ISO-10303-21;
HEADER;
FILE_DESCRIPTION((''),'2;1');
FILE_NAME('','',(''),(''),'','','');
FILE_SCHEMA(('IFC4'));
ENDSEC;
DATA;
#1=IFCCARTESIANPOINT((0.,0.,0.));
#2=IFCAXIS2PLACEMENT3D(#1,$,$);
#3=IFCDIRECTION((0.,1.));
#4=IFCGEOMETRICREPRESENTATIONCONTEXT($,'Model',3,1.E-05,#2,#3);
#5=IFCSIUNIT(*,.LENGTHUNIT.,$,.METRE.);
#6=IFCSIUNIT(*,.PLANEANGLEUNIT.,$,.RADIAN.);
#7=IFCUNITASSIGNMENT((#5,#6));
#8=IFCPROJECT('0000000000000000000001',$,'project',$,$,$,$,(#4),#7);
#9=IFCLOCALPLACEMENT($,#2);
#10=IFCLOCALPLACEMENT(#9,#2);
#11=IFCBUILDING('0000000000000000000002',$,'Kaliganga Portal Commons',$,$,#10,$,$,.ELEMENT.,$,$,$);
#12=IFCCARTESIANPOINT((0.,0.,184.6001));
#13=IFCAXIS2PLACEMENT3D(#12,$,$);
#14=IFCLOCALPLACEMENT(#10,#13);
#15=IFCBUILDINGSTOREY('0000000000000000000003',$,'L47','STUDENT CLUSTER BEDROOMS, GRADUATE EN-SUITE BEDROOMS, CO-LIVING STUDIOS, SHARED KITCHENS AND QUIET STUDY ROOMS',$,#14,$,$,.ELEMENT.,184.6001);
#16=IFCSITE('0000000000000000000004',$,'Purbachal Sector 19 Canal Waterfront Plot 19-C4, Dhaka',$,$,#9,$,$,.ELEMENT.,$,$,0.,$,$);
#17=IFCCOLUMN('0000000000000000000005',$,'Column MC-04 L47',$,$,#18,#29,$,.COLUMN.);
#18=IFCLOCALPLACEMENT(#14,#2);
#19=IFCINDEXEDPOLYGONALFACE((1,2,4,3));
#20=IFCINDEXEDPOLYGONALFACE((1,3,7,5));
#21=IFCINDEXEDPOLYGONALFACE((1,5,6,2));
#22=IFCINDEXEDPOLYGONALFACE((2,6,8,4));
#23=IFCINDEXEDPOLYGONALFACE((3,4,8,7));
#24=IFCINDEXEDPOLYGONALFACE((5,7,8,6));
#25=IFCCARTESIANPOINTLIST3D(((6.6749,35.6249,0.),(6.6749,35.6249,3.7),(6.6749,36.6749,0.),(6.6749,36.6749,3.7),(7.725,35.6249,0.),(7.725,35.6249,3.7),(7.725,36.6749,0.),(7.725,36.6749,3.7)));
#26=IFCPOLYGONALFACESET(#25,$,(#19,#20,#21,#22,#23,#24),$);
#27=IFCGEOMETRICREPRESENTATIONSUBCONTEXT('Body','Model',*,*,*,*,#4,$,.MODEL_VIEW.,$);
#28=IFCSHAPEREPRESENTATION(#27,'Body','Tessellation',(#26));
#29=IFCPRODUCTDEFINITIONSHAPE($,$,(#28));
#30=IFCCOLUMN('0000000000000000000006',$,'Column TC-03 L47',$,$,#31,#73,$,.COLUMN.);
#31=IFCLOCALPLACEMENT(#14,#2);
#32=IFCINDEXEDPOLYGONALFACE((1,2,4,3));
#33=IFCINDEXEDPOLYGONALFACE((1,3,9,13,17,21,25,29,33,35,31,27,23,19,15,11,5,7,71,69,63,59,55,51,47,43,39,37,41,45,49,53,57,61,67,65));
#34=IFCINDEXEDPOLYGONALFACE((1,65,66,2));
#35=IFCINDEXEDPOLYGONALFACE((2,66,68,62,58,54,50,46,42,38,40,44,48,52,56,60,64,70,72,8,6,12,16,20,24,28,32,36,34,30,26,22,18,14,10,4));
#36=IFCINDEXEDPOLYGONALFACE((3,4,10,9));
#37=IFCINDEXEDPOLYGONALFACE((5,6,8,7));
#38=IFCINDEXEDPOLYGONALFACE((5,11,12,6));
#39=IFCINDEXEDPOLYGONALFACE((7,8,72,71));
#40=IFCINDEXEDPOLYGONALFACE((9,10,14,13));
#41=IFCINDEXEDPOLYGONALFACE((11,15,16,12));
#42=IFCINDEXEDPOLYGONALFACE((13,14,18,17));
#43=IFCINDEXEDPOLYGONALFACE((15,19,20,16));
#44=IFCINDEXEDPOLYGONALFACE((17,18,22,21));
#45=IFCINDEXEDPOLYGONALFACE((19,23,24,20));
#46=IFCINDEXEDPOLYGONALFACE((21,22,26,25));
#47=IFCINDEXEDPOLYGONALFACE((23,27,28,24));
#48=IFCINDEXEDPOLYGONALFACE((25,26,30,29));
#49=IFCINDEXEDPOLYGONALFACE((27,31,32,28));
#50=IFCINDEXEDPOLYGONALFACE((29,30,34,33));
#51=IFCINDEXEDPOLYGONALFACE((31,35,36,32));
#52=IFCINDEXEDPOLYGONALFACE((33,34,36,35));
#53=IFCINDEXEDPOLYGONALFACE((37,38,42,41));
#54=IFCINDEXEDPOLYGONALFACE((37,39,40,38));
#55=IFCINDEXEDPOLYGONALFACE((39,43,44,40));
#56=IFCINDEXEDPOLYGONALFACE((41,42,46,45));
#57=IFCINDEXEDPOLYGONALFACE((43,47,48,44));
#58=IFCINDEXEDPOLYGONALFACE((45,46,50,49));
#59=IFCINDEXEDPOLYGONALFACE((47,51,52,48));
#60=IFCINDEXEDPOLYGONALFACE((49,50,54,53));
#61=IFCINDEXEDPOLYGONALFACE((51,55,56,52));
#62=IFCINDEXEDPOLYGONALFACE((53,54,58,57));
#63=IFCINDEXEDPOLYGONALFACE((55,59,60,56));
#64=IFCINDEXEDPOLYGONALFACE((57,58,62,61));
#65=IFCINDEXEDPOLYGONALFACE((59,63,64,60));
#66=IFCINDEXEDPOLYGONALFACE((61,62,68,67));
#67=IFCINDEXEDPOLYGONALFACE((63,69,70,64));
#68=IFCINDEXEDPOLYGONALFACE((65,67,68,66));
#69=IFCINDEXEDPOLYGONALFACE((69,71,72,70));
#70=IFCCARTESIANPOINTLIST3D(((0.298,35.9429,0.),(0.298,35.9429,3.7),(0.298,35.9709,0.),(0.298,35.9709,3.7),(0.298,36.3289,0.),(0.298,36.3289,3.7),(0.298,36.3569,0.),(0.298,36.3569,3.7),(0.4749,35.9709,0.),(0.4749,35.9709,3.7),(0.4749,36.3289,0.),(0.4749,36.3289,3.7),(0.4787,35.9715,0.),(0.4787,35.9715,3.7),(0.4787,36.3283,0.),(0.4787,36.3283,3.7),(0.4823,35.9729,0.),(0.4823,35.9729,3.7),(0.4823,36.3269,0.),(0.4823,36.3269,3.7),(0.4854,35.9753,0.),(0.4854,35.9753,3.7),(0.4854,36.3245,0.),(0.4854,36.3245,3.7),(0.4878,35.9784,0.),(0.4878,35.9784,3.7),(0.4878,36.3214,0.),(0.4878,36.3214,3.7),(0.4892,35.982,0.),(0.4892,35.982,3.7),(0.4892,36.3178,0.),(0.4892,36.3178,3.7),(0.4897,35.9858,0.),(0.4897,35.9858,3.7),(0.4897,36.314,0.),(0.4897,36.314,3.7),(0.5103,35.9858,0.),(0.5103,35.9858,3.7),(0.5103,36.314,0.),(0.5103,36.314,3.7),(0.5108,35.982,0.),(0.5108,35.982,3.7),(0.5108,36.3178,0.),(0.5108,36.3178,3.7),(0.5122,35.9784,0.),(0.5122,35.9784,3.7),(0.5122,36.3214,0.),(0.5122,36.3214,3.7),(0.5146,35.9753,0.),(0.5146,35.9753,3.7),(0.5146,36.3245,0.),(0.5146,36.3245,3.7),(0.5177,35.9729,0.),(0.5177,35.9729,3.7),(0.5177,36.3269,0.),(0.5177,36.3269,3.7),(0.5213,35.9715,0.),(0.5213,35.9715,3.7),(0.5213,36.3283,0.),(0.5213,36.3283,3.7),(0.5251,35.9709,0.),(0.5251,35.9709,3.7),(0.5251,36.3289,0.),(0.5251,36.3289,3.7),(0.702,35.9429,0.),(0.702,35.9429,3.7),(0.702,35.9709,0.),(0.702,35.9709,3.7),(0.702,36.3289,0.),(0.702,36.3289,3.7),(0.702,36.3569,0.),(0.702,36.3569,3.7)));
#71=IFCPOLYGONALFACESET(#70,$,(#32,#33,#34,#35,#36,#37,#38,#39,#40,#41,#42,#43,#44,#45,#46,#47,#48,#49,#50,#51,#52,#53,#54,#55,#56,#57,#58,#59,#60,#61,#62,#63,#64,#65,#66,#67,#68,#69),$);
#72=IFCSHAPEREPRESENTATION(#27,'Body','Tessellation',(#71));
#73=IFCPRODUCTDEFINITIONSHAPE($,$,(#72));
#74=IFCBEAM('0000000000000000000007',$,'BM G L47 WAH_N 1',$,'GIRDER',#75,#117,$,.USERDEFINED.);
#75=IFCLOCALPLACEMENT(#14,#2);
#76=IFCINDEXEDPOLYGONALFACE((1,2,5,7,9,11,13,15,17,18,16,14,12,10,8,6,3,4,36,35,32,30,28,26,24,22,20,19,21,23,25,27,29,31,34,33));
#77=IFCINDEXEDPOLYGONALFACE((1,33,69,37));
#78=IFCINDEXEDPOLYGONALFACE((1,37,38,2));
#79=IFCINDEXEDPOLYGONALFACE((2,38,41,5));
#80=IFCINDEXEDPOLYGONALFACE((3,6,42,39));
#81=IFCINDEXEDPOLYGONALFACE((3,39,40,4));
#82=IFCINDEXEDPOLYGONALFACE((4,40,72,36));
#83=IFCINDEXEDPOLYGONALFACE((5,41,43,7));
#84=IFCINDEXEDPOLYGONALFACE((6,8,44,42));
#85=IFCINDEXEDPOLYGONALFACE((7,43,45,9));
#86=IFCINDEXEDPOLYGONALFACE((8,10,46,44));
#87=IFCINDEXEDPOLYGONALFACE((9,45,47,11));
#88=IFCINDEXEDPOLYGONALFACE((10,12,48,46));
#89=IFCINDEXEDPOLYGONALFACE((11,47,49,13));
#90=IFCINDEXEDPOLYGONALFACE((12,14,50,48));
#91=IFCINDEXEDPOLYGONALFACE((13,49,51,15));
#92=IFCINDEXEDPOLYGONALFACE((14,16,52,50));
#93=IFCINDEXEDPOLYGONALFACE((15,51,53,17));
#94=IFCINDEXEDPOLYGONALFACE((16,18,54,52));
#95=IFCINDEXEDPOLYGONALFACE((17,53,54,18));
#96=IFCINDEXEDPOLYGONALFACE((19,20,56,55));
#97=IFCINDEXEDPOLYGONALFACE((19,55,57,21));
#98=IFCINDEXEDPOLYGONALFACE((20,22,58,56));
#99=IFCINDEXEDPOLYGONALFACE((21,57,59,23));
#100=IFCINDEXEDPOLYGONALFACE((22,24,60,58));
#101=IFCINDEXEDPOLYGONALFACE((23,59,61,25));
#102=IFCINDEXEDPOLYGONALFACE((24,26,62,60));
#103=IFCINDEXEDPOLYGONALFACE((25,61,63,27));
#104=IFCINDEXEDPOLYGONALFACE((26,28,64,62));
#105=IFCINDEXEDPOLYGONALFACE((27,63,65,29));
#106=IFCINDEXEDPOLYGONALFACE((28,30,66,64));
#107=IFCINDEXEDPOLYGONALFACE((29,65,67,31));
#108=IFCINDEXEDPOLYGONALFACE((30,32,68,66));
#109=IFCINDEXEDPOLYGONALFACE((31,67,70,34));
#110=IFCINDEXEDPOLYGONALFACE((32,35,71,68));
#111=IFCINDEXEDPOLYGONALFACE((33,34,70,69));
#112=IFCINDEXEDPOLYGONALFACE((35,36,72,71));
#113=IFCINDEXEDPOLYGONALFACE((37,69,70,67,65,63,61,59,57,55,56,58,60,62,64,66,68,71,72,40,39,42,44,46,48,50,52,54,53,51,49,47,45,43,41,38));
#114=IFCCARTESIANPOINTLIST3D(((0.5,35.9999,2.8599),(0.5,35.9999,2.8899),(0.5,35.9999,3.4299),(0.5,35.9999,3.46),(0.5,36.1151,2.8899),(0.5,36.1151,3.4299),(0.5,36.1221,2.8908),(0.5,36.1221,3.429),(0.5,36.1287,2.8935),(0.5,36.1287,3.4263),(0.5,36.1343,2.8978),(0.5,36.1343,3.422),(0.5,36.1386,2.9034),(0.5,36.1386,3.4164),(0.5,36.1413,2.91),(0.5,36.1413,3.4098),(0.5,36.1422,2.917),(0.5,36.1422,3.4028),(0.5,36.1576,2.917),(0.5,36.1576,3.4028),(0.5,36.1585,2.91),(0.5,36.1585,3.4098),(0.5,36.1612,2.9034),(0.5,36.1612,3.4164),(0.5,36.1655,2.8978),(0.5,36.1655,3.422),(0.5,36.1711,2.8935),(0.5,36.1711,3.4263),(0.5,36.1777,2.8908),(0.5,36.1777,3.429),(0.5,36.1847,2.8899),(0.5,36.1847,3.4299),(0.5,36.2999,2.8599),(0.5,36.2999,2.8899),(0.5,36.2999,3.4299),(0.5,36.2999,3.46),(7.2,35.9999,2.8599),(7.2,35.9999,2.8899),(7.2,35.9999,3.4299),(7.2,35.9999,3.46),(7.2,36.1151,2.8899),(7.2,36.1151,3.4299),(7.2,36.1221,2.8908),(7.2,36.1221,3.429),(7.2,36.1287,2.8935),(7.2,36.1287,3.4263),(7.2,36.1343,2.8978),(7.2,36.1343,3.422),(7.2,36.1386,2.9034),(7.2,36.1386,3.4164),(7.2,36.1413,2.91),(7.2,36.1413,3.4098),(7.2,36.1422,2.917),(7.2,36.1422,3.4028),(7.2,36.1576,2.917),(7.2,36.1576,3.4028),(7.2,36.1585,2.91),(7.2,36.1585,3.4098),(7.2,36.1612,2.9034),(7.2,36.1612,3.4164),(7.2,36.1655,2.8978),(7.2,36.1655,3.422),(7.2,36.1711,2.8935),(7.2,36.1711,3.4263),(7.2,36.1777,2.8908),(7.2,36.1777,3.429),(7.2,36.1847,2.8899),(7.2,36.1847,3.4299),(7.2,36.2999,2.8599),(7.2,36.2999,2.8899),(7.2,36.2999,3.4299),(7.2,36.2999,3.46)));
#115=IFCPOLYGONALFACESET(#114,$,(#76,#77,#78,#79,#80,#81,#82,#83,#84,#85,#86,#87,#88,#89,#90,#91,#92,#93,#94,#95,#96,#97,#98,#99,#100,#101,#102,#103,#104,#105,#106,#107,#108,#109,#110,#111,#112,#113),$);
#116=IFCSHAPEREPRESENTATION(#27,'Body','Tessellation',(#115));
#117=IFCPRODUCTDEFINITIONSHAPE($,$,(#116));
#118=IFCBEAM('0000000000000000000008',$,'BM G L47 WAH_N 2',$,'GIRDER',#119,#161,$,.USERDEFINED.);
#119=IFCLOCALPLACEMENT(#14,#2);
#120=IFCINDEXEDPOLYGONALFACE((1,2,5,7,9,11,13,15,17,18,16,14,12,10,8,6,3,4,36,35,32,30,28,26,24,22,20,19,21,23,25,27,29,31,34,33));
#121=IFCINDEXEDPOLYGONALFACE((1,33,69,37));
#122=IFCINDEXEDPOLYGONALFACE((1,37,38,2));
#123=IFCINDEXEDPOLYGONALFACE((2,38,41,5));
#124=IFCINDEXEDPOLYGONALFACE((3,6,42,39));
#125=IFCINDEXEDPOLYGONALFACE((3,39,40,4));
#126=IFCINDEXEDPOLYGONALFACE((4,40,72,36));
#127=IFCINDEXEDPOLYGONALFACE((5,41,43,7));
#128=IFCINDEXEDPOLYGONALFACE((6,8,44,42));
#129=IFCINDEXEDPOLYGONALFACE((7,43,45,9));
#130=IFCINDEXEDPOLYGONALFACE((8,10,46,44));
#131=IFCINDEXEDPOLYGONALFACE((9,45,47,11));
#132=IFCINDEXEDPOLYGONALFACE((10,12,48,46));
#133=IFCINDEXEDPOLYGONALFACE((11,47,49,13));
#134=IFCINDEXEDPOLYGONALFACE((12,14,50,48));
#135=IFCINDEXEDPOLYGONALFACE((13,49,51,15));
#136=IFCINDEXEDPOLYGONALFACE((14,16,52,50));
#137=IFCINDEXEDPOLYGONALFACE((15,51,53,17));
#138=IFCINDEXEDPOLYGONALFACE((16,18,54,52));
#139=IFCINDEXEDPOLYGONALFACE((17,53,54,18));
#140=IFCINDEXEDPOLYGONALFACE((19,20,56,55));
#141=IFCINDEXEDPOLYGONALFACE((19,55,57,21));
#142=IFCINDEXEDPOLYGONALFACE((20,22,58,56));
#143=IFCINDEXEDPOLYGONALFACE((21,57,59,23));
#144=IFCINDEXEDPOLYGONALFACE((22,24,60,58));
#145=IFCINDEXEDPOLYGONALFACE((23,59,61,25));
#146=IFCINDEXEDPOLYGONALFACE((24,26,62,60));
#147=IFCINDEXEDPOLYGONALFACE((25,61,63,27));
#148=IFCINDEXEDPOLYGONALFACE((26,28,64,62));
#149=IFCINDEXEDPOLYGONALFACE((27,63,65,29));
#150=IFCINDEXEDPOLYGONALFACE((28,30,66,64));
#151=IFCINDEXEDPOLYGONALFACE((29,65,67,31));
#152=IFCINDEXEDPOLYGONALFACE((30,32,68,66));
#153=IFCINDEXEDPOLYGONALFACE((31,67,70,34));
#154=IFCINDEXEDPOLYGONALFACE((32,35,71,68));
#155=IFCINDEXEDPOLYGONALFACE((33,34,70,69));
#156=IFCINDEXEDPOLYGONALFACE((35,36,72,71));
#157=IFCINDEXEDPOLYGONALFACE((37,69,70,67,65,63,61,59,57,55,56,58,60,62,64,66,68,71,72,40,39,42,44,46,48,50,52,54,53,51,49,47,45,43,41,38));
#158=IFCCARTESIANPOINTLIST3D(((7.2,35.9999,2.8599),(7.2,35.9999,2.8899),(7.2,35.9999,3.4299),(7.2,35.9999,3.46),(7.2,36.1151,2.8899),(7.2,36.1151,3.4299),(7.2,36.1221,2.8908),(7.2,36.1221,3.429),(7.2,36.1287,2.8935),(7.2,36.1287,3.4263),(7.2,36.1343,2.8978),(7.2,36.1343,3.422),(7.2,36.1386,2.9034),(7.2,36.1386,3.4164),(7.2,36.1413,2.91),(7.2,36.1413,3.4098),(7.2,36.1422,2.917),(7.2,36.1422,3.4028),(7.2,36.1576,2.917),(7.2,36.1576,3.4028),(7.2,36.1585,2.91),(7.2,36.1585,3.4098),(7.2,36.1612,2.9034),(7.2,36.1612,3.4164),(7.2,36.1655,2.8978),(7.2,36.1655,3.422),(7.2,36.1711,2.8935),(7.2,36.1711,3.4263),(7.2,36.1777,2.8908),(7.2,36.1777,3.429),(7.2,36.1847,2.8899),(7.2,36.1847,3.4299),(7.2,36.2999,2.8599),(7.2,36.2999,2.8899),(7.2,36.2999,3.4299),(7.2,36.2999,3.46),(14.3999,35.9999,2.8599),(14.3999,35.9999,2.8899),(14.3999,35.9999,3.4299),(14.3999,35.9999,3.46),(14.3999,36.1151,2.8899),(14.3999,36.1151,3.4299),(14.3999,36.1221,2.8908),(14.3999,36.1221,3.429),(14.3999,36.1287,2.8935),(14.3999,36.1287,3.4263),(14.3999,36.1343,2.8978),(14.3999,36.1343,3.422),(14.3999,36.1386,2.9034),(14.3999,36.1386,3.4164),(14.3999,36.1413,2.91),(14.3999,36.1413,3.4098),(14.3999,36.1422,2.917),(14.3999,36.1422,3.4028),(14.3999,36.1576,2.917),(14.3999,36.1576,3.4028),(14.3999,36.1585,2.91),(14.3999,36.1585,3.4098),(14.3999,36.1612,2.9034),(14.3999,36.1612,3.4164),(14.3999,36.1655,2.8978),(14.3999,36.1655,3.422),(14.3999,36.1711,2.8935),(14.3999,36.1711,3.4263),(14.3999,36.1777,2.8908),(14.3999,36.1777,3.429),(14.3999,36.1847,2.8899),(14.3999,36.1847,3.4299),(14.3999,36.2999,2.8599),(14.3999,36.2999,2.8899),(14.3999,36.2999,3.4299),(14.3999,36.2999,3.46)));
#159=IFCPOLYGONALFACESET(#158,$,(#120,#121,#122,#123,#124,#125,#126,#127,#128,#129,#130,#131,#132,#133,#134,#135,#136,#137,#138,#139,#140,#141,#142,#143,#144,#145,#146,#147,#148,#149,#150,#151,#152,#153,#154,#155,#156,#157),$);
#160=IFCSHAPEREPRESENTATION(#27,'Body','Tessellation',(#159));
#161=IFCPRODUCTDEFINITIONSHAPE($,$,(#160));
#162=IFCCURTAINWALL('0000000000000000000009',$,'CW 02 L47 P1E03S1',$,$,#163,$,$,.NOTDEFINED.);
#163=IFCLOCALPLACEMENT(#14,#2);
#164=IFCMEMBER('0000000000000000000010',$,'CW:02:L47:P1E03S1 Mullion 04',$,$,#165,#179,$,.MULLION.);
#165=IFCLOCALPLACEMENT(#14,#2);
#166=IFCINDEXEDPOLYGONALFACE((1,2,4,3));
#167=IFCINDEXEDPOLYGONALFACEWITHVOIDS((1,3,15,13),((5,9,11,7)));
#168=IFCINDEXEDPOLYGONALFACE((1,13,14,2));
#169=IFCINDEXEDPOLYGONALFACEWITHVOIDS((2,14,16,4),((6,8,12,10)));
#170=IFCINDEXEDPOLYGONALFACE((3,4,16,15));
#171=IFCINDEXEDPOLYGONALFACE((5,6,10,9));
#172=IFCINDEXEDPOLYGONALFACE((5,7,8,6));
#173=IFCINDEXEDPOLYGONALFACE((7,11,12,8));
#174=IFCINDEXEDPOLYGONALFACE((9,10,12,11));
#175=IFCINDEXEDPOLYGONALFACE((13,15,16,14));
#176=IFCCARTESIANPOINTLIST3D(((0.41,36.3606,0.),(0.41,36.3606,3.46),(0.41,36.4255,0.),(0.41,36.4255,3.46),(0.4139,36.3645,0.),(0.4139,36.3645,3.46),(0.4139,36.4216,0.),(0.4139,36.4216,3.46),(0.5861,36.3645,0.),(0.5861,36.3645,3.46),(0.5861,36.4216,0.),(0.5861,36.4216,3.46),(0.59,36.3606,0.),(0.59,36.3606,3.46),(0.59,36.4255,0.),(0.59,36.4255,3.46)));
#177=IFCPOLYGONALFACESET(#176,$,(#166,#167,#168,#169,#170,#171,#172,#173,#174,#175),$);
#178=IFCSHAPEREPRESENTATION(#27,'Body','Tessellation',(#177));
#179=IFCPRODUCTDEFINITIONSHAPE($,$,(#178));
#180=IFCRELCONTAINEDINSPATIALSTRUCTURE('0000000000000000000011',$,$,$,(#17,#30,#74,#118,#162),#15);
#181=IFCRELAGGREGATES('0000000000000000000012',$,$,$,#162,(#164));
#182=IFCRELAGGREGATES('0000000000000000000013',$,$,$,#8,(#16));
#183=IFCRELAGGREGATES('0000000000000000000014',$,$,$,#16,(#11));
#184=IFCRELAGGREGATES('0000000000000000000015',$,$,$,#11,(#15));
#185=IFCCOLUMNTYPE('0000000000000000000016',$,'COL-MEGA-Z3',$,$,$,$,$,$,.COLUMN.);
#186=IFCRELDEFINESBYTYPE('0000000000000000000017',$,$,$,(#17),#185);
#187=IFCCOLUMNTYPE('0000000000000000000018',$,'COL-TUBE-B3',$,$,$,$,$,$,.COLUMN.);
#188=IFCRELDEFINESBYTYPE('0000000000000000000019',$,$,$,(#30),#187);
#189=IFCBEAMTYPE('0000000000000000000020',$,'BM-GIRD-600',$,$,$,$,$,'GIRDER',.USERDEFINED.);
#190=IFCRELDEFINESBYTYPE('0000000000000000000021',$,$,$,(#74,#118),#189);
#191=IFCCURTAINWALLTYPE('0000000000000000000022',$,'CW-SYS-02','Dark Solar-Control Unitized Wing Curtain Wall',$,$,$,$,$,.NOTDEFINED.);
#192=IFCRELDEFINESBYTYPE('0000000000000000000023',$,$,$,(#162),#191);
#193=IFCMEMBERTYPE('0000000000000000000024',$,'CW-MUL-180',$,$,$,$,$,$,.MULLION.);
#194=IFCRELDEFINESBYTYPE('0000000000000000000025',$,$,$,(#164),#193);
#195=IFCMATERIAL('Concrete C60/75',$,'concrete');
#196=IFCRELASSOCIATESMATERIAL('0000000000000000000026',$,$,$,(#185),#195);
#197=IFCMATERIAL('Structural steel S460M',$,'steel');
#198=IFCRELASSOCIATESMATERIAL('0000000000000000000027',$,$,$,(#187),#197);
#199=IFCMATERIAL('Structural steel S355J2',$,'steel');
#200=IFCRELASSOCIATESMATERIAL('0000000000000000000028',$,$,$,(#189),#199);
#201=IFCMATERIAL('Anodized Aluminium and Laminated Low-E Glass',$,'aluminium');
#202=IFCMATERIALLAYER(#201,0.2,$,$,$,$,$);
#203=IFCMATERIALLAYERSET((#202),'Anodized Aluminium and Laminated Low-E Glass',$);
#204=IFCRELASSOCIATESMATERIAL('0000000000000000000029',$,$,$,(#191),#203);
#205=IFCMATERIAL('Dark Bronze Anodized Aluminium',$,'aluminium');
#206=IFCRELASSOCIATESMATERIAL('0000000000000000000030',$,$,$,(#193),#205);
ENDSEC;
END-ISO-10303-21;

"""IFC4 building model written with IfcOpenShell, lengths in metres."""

from ifc_helpers import new_model, si_unit, direction, frame, origin, origin_2d, place, context, subcontext, project, spatial, rectangle, hollow_rectangle, i_section, extrude, source, transform, mapped, material, layer, layer_set, material_profile, profile_set, type_object, element, aggregate, save


model = new_model("IFC4")

# Units and contexts
model_context = context("Model", 3, precision=1e-05, world=origin(), true_north=direction((0.0, 1.0)))
body_context = subcontext(model_context, "Body", "Model", "MODEL_VIEW")
ifc_project = project(units=[si_unit("LENGTHUNIT", "METRE"), si_unit("PLANEANGLEUNIT", "RADIAN")], contexts=[model_context])

# Site, building, storey
site_placement = place(None, origin())
site = spatial("IfcSite", under=ifc_project, at=site_placement, Name="Purbachal Sector 19 Canal Waterfront Plot 19-C4, Dhaka", CompositionType="ELEMENT", RefElevation=0.0)
building_placement = place(site_placement, origin())
building = spatial("IfcBuilding", under=site, at=building_placement, Name="Kaliganga Portal Commons", CompositionType="ELEMENT")
storey_placement = place(building_placement, frame((0.0, 0.0, 184.6001)))
storey = spatial("IfcBuildingStorey", under=building, at=storey_placement, Name="L47", Description="STUDENT CLUSTER BEDROOMS, GRADUATE EN-SUITE BEDROOMS, CO-LIVING STUDIOS, SHARED KITCHENS AND QUIET STUDY ROOMS", CompositionType="ELEMENT", Elevation=184.6001)

# Columns
ifc_material_1 = material(Name="Concrete C60/75", Category="concrete")
ifc_material_profile_1 = material_profile(ifc_material_1, rectangle(XDim=1.05, YDim=1.05, at=origin_2d()), Name="RC 1050x1050")
ifc_profile_set_1 = profile_set([ifc_material_profile_1], Name="Concrete C60/75")
column_type_1 = type_object("IfcColumnType", Name="COL-MEGA-Z3", PredefinedType="COLUMN", material=ifc_profile_set_1)
shared_shape_1 = source(origin(), body_context, "Body", "SweptSolid", [
    extrude(rectangle(XDim=1.05, YDim=1.05, at=origin_2d()), origin(), (0.0, 0.0, 1.0), 3.7),
])
column_1_placement = place(storey_placement, frame((7.2, 36.1499, 0.0), z_axis=(0.0, 0.0, 1.0), x_axis=(1.0, 0.0, 0.0)))
element("IfcColumn", 1, at=column_1_placement, inside=storey, type_object=column_type_1, Name="Column MC-04 L47", PredefinedType="COLUMN", context=body_context, shape_type="MappedRepresentation", body=[
    mapped(shared_shape_1, transform((0.0, 0.0, 0.0), x_axis=(1.0, 0.0, 0.0), y_axis=(0.0, 1.0, 0.0), z_axis=(0.0, 0.0, 1.0), scale=1.0)),
])
ifc_material_2 = material(Name="Structural steel S460M", Category="steel")
ifc_material_profile_2 = material_profile(ifc_material_2, i_section(OverallWidth=0.4041, OverallDepth=0.4141, WebThickness=0.0205, FlangeThickness=0.0281, FilletRadius=0.0149, at=origin_2d()), Name="HD 400x347")
ifc_profile_set_2 = profile_set([ifc_material_profile_2], Name="Structural steel S460M wide-flange")
column_type_2 = type_object("IfcColumnType", Name="COL-TUBE-B3", PredefinedType="COLUMN", material=ifc_profile_set_2)
shared_shape_2 = source(origin(), body_context, "Body", "SweptSolid", [
    extrude(i_section(OverallWidth=0.4041, OverallDepth=0.4141, WebThickness=0.0205, FlangeThickness=0.0281, FilletRadius=0.0149, at=origin_2d()), origin(), (0.0, 0.0, 1.0), 3.7),
])
column_2_placement = place(storey_placement, frame((0.5, 36.1499, 0.0), z_axis=(0.0, 0.0, 1.0), x_axis=(1.0, 0.0, 0.0)))
element("IfcColumn", 2, at=column_2_placement, inside=storey, type_object=column_type_2, Name="Column TC-03 L47", PredefinedType="COLUMN", context=body_context, shape_type="MappedRepresentation", body=[
    mapped(shared_shape_2, transform((0.0, 0.0, 0.0), x_axis=(1.0, 0.0, 0.0), y_axis=(0.0, 1.0, 0.0), z_axis=(0.0, 0.0, 1.0), scale=1.0)),
])

# Beams
ifc_material_3 = material(Name="Structural steel S355J2", Category="steel")
ifc_material_profile_3 = material_profile(ifc_material_3, i_section(OverallWidth=0.3, OverallDepth=0.6001, WebThickness=0.0154, FlangeThickness=0.03, FilletRadius=0.0271, at=origin_2d()), Name="HE 600 B")
ifc_profile_set_3 = profile_set([ifc_material_profile_3], Name="Structural steel S355J2 wide-flange")
beam_type = type_object("IfcBeamType", Name="BM-GIRD-600", ElementType="GIRDER", PredefinedType="USERDEFINED", material=ifc_profile_set_3)
shared_shape_3 = source(origin(), body_context, "Body", "SweptSolid", [
    extrude(i_section(OverallWidth=0.3, OverallDepth=0.6001, WebThickness=0.0154, FlangeThickness=0.03, FilletRadius=0.0271, at=origin_2d()), origin(), (0.0, 0.0, 1.0), 6.7),
])
beam_1_placement = place(storey_placement, frame((0.5, 36.1499, 3.1599), z_axis=(1.0, 0.0, 0.0), x_axis=(0.0, 1.0, 0.0)))
element("IfcBeam", 3, at=beam_1_placement, inside=storey, type_object=beam_type, Name="BM G L47 WAH_N 1", ObjectType="GIRDER", PredefinedType="USERDEFINED", context=body_context, shape_type="MappedRepresentation", body=[
    mapped(shared_shape_3, transform((0.0, 0.0, 0.0), x_axis=(1.0, 0.0, 0.0), y_axis=(0.0, 1.0, 0.0), z_axis=(0.0, 0.0, 1.0), scale=1.0)),
])
shared_shape_4 = source(origin(), body_context, "Body", "SweptSolid", [
    extrude(i_section(OverallWidth=0.3, OverallDepth=0.6001, WebThickness=0.0154, FlangeThickness=0.03, FilletRadius=0.0271, at=origin_2d()), origin(), (0.0, 0.0, 1.0), 7.2),
])
beam_2_placement = place(storey_placement, frame((7.2, 36.1499, 3.1599), z_axis=(1.0, 0.0, 0.0), x_axis=(0.0, 1.0, 0.0)))
element("IfcBeam", 4, at=beam_2_placement, inside=storey, type_object=beam_type, Name="BM G L47 WAH_N 2", ObjectType="GIRDER", PredefinedType="USERDEFINED", context=body_context, shape_type="MappedRepresentation", body=[
    mapped(shared_shape_4, transform((0.0, 0.0, 0.0), x_axis=(1.0, 0.0, 0.0), y_axis=(0.0, 1.0, 0.0), z_axis=(0.0, 0.0, 1.0), scale=1.0)),
])

# Curtain wall, member
ifc_material_4 = material(Name="Anodized Aluminium and Laminated Low-E Glass", Category="aluminium")
ifc_layer_1 = layer(ifc_material_4, 0.2)
ifc_layer_set_1 = layer_set([ifc_layer_1], Name="Anodized Aluminium and Laminated Low-E Glass")
curtain_wall_type = type_object("IfcCurtainWallType", Name="CW-SYS-02", Description="Dark Solar-Control Unitized Wing Curtain Wall", PredefinedType="NOTDEFINED", material=ifc_layer_set_1)
curtain_wall_1_placement = place(storey_placement, origin())
curtain_wall_1 = element("IfcCurtainWall", 5, at=curtain_wall_1_placement, inside=storey, type_object=curtain_wall_type, Name="CW 02 L47 P1E03S1", PredefinedType="NOTDEFINED")
ifc_material_5 = material(Name="Dark Bronze Anodized Aluminium", Category="aluminium")
ifc_material_profile_4 = material_profile(ifc_material_5, hollow_rectangle(XDim=0.0649, YDim=0.1799, WallThickness=0.0039, at=origin_2d()), Name="ALU MULL 65x180x4")
ifc_profile_set_4 = profile_set([ifc_material_profile_4], Name="Dark Bronze Anodized Aluminium")
member_type_1 = type_object("IfcMemberType", Name="CW-MUL-180", PredefinedType="MULLION", material=ifc_profile_set_4)
shared_shape_5 = source(origin(), body_context, "Body", "SweptSolid", [
    extrude(hollow_rectangle(XDim=0.0649, YDim=0.1799, WallThickness=0.0039, at=origin_2d()), origin(), (0.0, 0.0, 1.0), 3.46),
])
member_1_placement = place(storey_placement, frame((0.5, 36.3931, 0.0), z_axis=(0.0, 0.0, 1.0), x_axis=(0.0, -1.0, 0.0)))
member_1 = element("IfcMember", 6, at=member_1_placement, type_object=member_type_1, Name="CW:02:L47:P1E03S1 Mullion 04", PredefinedType="MULLION", context=body_context, shape_type="MappedRepresentation", body=[
    mapped(shared_shape_5, transform((0.0, 0.0, 0.0), x_axis=(1.0, 0.0, 0.0), y_axis=(0.0, 1.0, 0.0), z_axis=(0.0, 0.0, 1.0), scale=1.0)),
])
aggregate(curtain_wall_1, [member_1])

save(model, "model.ifc")
